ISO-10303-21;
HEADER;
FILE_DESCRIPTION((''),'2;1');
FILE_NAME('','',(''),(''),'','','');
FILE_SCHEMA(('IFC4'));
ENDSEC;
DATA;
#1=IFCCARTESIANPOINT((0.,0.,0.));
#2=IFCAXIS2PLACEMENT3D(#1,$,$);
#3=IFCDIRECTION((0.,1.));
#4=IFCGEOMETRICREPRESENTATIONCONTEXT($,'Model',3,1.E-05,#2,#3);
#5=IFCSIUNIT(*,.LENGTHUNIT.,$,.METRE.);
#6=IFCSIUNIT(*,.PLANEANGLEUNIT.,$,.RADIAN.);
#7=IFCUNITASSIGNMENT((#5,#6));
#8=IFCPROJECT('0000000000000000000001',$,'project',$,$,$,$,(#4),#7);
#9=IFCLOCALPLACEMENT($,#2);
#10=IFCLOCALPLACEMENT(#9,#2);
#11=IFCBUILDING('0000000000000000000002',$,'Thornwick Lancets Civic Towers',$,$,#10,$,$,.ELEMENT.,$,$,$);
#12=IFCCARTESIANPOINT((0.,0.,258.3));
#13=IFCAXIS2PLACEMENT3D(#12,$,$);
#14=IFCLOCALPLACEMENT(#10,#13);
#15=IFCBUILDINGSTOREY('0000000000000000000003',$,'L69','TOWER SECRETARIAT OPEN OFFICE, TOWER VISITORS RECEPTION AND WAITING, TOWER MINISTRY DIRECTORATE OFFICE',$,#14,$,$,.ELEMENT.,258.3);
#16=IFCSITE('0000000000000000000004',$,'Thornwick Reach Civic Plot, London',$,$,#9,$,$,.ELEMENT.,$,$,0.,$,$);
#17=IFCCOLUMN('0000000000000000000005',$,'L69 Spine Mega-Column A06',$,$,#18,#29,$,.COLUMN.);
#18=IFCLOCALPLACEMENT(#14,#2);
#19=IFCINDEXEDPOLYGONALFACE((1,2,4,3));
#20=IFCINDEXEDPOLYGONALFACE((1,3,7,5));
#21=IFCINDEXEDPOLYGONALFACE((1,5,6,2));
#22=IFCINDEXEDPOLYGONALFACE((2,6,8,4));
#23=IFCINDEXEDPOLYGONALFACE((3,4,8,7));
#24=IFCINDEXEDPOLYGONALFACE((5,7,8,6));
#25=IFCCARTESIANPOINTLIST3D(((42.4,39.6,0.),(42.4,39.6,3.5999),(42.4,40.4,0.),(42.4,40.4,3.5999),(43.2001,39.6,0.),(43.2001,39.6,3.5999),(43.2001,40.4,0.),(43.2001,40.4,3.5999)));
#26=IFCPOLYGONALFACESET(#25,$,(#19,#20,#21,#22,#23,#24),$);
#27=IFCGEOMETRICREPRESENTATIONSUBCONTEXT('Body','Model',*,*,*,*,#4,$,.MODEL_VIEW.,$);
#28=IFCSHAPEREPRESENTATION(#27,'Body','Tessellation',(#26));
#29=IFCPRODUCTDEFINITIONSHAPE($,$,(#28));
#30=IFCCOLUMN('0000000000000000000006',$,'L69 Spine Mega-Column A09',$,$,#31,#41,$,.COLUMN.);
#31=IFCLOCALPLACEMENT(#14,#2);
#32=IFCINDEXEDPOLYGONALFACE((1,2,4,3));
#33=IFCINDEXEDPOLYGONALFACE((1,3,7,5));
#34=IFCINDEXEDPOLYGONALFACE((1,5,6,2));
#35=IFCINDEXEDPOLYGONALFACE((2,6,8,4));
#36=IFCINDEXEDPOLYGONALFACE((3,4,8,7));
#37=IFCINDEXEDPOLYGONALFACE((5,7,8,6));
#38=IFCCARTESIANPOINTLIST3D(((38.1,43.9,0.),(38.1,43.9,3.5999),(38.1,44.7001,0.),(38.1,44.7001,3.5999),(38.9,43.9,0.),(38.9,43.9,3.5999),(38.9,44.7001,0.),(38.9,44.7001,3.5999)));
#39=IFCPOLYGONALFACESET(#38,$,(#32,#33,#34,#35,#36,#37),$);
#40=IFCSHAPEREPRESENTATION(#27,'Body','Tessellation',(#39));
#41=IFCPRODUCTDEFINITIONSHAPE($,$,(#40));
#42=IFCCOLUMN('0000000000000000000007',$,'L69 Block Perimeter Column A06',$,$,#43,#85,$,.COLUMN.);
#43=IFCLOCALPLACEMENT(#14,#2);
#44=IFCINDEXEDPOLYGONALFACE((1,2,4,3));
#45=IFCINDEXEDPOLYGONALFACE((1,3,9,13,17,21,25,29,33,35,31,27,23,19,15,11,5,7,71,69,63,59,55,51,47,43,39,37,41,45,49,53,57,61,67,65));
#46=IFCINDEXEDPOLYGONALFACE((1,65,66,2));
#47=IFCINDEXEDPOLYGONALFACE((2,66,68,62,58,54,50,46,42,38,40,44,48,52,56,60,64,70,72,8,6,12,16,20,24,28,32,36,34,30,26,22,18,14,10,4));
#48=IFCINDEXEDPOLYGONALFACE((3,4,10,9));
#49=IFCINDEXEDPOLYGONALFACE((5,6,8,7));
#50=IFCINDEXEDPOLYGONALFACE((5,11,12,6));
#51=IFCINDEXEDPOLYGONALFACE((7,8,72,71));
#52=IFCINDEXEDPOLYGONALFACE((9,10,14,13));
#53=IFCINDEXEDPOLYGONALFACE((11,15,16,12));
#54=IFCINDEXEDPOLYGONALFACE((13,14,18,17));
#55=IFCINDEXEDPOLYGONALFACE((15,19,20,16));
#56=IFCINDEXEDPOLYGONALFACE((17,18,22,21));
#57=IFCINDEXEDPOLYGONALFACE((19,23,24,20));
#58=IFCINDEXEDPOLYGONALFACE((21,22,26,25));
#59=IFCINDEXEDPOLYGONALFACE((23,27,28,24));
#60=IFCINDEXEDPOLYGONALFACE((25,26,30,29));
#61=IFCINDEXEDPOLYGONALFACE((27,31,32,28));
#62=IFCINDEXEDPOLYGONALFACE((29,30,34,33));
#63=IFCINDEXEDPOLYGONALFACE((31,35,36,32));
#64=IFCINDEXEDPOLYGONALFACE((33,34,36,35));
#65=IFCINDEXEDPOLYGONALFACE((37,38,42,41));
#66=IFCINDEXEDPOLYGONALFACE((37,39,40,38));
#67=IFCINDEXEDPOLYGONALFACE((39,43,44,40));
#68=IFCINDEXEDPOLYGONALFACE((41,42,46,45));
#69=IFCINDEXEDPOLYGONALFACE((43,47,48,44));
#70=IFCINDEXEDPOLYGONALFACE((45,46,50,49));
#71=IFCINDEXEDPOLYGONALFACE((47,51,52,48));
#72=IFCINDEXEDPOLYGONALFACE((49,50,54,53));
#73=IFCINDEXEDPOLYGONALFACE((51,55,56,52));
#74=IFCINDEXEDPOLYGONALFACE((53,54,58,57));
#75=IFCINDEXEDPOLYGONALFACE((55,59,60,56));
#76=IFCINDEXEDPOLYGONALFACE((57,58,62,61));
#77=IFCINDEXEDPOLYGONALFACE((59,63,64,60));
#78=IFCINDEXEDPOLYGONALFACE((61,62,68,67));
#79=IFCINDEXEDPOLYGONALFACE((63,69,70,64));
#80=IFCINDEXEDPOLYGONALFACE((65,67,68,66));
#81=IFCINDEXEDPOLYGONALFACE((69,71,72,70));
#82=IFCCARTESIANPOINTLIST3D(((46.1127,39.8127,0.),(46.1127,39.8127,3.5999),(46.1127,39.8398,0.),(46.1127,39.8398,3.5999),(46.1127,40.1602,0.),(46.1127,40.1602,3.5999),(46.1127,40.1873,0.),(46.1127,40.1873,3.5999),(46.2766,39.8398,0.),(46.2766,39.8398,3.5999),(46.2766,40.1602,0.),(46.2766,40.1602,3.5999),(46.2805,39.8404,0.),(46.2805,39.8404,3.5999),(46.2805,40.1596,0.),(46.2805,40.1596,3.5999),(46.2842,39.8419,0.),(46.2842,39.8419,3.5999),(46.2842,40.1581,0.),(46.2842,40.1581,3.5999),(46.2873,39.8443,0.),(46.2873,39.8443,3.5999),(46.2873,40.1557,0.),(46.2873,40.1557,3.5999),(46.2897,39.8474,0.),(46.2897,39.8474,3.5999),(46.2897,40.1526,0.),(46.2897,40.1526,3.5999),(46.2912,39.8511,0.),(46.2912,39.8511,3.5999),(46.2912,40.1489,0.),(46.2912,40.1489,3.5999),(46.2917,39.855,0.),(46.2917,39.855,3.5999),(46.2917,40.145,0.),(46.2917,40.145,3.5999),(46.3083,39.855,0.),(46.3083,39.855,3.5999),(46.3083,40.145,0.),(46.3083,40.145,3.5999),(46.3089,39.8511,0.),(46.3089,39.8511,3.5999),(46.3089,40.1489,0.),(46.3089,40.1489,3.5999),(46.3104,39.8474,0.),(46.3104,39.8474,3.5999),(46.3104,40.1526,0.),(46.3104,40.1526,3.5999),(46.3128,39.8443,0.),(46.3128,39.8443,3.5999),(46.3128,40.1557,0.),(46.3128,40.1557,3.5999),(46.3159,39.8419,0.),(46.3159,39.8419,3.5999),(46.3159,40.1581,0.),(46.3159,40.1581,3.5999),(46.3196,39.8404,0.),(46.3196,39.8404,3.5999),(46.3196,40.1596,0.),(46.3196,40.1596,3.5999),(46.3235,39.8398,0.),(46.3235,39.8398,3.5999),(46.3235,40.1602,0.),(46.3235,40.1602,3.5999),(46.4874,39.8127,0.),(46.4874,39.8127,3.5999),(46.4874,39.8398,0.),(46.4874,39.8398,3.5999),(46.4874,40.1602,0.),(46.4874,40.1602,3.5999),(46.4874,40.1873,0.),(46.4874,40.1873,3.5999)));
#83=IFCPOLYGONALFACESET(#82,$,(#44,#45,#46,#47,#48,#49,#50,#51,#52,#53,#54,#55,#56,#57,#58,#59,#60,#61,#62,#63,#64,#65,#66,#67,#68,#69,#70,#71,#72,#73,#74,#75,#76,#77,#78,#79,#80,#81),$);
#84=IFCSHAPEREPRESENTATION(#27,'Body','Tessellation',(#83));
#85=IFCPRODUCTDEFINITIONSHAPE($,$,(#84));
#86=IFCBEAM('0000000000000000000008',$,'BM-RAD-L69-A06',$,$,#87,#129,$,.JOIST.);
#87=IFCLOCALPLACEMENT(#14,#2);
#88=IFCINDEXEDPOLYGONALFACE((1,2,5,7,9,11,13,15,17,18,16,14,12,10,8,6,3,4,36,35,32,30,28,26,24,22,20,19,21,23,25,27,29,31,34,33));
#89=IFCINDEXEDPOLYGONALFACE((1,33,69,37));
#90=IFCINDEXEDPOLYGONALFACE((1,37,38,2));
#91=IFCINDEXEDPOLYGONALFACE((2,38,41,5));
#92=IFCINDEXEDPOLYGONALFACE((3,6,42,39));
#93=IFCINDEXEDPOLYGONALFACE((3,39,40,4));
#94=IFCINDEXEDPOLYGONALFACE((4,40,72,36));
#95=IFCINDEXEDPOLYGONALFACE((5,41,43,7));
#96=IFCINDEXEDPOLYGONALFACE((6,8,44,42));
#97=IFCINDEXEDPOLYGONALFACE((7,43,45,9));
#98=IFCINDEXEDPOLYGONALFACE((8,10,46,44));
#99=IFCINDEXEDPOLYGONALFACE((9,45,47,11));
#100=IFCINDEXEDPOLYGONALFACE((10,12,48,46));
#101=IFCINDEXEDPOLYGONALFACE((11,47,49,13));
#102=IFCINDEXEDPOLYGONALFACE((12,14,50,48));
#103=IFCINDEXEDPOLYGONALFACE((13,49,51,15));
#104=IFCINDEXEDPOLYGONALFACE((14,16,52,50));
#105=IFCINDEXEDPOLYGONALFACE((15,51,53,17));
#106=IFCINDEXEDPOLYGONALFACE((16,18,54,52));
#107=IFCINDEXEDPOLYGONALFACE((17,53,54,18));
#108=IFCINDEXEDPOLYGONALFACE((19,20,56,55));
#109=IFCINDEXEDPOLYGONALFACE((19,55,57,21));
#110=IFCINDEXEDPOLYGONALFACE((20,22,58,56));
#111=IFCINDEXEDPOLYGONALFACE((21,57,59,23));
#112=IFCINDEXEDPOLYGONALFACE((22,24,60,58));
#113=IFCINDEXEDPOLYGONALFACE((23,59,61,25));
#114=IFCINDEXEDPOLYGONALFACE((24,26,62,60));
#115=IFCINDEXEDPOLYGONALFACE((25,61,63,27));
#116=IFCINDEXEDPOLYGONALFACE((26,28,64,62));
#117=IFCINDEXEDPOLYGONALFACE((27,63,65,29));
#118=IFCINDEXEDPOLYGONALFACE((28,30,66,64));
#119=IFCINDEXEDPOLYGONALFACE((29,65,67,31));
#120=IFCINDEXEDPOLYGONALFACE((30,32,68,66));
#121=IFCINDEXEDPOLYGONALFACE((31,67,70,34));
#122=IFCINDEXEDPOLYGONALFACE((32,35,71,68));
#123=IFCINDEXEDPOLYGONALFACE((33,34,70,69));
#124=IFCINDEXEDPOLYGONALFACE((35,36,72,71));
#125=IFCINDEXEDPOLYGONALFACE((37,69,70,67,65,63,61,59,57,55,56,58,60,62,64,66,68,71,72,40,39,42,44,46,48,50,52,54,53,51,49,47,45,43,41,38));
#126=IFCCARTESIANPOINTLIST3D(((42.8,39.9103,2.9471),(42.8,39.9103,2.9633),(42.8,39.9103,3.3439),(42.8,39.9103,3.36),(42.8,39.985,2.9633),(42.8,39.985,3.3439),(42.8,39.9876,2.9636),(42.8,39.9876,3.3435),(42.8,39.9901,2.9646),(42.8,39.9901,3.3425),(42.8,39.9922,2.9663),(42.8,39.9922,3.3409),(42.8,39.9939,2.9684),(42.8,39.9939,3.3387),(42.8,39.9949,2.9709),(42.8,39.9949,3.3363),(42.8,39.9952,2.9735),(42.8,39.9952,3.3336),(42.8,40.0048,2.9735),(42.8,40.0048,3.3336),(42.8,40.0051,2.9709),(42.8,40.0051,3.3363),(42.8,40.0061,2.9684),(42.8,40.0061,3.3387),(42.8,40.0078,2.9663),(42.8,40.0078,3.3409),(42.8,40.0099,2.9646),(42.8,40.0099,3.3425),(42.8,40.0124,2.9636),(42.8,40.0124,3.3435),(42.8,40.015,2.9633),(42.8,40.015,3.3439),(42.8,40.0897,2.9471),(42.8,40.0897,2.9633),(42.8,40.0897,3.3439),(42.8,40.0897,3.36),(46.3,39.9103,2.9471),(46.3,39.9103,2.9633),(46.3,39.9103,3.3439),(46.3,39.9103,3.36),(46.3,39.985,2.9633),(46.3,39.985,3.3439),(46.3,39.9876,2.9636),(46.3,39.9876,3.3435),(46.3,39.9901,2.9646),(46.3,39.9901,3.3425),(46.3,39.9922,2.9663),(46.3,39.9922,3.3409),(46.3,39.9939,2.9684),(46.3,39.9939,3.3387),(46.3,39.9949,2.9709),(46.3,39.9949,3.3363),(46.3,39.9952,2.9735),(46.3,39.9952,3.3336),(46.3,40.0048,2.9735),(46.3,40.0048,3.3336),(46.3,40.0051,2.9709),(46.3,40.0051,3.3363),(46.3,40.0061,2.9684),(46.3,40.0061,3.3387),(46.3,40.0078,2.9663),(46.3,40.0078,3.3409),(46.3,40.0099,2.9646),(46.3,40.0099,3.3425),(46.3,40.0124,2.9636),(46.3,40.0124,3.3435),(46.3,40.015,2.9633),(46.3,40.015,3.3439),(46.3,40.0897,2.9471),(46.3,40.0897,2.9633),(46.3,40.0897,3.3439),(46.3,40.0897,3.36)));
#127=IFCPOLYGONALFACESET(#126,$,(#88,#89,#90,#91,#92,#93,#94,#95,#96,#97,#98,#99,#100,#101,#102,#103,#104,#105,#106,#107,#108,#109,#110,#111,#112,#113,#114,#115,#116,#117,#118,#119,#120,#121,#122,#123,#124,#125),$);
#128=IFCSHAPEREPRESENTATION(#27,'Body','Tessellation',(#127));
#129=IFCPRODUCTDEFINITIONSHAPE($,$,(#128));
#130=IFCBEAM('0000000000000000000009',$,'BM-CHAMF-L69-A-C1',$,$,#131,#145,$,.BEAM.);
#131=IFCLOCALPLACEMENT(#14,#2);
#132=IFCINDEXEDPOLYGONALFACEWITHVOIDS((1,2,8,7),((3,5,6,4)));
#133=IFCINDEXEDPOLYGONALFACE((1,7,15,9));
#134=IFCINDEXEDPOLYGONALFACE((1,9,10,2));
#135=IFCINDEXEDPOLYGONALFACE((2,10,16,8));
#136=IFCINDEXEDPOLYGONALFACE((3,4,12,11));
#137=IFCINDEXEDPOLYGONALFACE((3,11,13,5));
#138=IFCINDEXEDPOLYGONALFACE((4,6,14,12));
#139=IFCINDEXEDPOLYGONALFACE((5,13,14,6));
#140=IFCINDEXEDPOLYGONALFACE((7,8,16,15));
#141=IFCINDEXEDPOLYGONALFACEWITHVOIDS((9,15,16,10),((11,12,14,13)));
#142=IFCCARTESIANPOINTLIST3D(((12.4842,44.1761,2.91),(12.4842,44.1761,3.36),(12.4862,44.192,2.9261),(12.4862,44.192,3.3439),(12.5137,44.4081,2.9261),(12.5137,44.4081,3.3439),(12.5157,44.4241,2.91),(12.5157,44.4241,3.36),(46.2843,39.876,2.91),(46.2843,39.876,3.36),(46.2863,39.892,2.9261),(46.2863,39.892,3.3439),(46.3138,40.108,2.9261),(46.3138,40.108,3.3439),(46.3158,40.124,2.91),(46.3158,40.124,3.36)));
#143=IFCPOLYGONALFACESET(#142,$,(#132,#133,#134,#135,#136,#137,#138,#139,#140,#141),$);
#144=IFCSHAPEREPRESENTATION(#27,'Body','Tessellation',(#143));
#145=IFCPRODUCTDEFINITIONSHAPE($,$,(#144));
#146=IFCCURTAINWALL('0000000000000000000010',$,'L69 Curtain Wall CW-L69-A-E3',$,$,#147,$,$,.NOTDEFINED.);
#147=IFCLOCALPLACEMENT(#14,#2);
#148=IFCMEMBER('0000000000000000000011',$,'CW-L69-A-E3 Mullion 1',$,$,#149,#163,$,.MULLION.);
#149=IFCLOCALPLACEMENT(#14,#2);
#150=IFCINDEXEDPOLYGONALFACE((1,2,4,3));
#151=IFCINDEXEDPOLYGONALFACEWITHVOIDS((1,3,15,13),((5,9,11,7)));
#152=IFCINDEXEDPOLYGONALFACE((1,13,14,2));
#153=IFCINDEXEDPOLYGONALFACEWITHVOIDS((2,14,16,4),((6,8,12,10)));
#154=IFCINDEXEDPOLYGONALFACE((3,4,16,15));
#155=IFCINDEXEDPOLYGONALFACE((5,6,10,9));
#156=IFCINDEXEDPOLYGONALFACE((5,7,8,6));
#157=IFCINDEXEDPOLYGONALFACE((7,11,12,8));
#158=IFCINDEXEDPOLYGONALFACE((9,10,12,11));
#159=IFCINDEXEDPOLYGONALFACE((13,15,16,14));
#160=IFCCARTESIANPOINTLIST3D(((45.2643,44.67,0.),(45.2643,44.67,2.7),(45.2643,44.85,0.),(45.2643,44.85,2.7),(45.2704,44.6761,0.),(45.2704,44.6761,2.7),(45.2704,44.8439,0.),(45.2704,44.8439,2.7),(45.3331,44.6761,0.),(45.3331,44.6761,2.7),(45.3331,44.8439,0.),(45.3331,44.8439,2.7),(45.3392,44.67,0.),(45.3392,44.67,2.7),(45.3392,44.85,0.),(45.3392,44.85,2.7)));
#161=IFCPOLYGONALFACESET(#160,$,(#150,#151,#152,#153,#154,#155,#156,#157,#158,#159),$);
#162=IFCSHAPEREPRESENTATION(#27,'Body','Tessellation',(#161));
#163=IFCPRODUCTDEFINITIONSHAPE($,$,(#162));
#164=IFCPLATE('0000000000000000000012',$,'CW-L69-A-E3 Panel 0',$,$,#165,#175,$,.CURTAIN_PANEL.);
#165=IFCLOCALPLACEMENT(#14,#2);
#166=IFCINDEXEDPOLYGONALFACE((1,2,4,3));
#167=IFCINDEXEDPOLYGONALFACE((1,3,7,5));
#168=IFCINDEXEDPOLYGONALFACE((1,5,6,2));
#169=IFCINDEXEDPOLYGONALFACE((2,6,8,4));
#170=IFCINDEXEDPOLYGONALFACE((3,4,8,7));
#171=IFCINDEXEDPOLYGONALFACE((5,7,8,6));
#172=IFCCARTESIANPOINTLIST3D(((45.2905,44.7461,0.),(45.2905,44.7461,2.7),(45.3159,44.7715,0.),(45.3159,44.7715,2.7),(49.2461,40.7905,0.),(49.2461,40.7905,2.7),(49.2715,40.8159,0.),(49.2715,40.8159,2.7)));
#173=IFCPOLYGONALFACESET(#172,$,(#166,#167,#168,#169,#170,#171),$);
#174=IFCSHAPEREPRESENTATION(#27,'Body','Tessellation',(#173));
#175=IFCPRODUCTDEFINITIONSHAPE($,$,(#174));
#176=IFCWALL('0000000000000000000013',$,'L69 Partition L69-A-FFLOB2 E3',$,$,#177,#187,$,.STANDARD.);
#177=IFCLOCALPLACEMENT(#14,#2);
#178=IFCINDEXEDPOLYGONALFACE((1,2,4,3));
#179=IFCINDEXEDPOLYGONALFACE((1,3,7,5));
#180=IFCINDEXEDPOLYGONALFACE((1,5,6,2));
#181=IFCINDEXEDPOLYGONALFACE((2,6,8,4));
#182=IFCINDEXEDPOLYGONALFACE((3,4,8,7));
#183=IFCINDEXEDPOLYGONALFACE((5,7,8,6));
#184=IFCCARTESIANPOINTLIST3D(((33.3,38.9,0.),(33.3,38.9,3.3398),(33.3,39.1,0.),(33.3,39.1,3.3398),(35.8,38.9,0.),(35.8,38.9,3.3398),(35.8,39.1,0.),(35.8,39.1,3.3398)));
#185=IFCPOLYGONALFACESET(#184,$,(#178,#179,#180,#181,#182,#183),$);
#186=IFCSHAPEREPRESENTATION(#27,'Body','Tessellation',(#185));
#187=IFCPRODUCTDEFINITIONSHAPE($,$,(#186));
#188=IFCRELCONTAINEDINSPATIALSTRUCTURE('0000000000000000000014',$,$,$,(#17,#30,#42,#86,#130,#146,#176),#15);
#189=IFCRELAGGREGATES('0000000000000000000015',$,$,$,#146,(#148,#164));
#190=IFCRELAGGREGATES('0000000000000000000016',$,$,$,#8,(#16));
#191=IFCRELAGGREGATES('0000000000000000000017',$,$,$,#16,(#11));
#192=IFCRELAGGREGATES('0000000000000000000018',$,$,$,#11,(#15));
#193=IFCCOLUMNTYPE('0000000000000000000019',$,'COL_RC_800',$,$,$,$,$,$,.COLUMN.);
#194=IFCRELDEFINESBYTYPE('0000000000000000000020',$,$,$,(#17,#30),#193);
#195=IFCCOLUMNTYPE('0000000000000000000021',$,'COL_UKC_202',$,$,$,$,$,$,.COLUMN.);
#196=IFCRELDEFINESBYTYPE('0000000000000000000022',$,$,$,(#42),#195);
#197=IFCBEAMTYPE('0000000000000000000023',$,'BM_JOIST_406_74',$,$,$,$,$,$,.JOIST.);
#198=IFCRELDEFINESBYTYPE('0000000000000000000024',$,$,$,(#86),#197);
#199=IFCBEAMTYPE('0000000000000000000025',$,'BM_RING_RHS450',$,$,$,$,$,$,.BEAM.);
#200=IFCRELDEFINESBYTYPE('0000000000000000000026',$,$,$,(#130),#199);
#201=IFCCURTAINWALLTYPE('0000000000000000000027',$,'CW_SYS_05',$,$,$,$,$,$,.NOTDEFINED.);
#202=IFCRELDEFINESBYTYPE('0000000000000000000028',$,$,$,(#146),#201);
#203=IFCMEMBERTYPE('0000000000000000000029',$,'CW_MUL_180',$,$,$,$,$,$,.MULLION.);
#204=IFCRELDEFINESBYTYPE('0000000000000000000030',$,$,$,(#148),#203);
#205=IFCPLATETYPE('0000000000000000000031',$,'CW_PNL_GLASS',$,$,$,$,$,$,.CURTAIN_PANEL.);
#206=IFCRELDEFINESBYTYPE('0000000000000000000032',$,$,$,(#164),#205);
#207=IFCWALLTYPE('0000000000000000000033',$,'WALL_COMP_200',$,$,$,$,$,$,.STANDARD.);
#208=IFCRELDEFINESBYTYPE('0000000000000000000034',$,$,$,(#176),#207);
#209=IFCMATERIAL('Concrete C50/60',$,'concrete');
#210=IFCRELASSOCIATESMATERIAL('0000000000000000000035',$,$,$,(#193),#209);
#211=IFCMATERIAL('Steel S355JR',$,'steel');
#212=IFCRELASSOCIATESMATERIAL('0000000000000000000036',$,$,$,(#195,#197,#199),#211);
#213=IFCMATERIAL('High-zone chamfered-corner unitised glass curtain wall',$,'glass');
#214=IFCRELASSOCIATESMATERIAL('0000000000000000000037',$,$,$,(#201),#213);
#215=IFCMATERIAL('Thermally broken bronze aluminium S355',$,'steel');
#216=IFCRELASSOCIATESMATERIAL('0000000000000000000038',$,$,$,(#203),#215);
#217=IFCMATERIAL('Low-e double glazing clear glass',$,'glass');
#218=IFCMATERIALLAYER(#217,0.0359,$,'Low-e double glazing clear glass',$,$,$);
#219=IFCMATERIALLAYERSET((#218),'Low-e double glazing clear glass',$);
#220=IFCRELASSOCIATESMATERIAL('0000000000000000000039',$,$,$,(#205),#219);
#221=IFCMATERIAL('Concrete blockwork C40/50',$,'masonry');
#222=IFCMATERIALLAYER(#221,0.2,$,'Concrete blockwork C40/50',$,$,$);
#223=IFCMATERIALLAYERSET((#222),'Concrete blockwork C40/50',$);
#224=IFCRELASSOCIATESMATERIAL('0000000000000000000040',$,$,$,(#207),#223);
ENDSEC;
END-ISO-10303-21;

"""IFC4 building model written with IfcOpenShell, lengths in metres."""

from ifc_helpers import new_model, si_unit, direction, frame, frame_2d, origin, origin_2d, place, context, subcontext, project, spatial, rectangle, hollow_rectangle, i_section, extrude, material, layer, layer_set, material_profile, profile_set, type_object, element, aggregate, save


model = new_model("IFC4")

# Units and contexts
model_context = context("Model", 3, precision=1e-05, world=origin(), true_north=direction((0.0, 1.0)))
body_context = subcontext(model_context, "Body", "Model", "MODEL_VIEW")
ifc_project = project(units=[si_unit("LENGTHUNIT", "METRE"), si_unit("PLANEANGLEUNIT", "RADIAN")], contexts=[model_context])

# Site, building, storey
site_placement = place(None, origin())
site = spatial("IfcSite", under=ifc_project, at=site_placement, Name="Thornwick Reach Civic Plot, London", CompositionType="ELEMENT", RefElevation=0.0)
building_placement = place(site_placement, origin())
building = spatial("IfcBuilding", under=site, at=building_placement, Name="Thornwick Lancets Civic Towers", CompositionType="ELEMENT")
storey_placement = place(building_placement, frame((0.0, 0.0, 258.3)))
storey = spatial("IfcBuildingStorey", under=building, at=storey_placement, Name="L69", Description="TOWER SECRETARIAT OPEN OFFICE, TOWER VISITORS RECEPTION AND WAITING, TOWER MINISTRY DIRECTORATE OFFICE", CompositionType="ELEMENT", Elevation=258.3)

# Columns
ifc_material_1 = material(Name="Concrete C50/60", Category="concrete")
ifc_material_profile_1 = material_profile(ifc_material_1, rectangle(XDim=0.8, YDim=0.8, at=origin_2d()), Name="RC 800x800")
ifc_profile_set_1 = profile_set([ifc_material_profile_1], Name="Concrete C50/60")
column_type_1 = type_object("IfcColumnType", Name="COL_RC_800", PredefinedType="COLUMN", material=ifc_profile_set_1)
for number, where, z_axis, x_axis, name in (
    (1, (42.8, 40.0, 0.0), (0.0, 0.0, 1.0), (1.0, 0.0, 0.0), "L69 Spine Mega-Column A06"),
    (2, (38.5, 44.3, 0.0), (0.0, 0.0, 1.0), (1.0, 0.0, 0.0), "L69 Spine Mega-Column A09"),
):
    element("IfcColumn", number, at=place(storey_placement, frame(where, z_axis=z_axis, x_axis=x_axis)), inside=storey, type_object=column_type_1, Name=name, PredefinedType="COLUMN", context=body_context, shape_type="SweptSolid", body=[
        extrude(rectangle(XDim=0.8, YDim=0.8, at=origin_2d()), origin(), (0.0, 0.0, 1.0), 3.5999),
    ])
ifc_material_2 = material(Name="Steel S355JR", Category="steel")
ifc_material_profile_2 = material_profile(ifc_material_2, i_section(OverallWidth=0.3748, OverallDepth=0.3745, WebThickness=0.0166, FlangeThickness=0.0271, FilletRadius=0.0151, at=origin_2d()), Name="UKC 356x368x202")
ifc_profile_set_2 = profile_set([ifc_material_profile_2], Name="Steel S355JR")
column_type_2 = type_object("IfcColumnType", Name="COL_UKC_202", PredefinedType="COLUMN", material=ifc_profile_set_2)
column_placement = place(storey_placement, frame((46.3, 40.0, 0.0), z_axis=(0.0, 0.0, 1.0), x_axis=(1.0, 0.0, 0.0)))
element("IfcColumn", 3, at=column_placement, inside=storey, type_object=column_type_2, Name="L69 Block Perimeter Column A06", PredefinedType="COLUMN", context=body_context, shape_type="SweptSolid", body=[
    extrude(i_section(OverallWidth=0.3748, OverallDepth=0.3745, WebThickness=0.0166, FlangeThickness=0.0271, FilletRadius=0.0151, at=origin_2d()), origin(), (0.0, 0.0, 1.0), 3.5999),
])

# Beams
ifc_material_profile_3 = material_profile(ifc_material_2, i_section(OverallWidth=0.1794, OverallDepth=0.4128, WebThickness=0.0095, FlangeThickness=0.0161, FilletRadius=0.0103, at=origin_2d()), Name="UKB 406x178x74")
ifc_profile_set_3 = profile_set([ifc_material_profile_3], Name="Steel S355JR")
beam_type_1 = type_object("IfcBeamType", Name="BM_JOIST_406_74", PredefinedType="JOIST", material=ifc_profile_set_3)
beam_1_placement = place(storey_placement, frame((42.8, 40.0, 3.1536), z_axis=(1.0, 0.0, 0.0), x_axis=(0.0, 1.0, 0.0)))
element("IfcBeam", 4, at=beam_1_placement, inside=storey, type_object=beam_type_1, Name="BM-RAD-L69-A06", PredefinedType="JOIST", context=body_context, shape_type="SweptSolid", body=[
    extrude(i_section(OverallWidth=0.1794, OverallDepth=0.4128, WebThickness=0.0095, FlangeThickness=0.0161, FilletRadius=0.0103, at=origin_2d()), origin(), (0.0, 0.0, 1.0), 3.5),
])
ifc_material_profile_4 = material_profile(ifc_material_2, hollow_rectangle(XDim=0.25, YDim=0.45, WallThickness=0.0161, at=origin_2d()), Name="RHS 450x250x16")
ifc_profile_set_4 = profile_set([ifc_material_profile_4], Name="Steel S355JR")
beam_type_2 = type_object("IfcBeamType", Name="BM_RING_RHS450", PredefinedType="BEAM", material=ifc_profile_set_4)
beam_2_placement = place(storey_placement, frame((46.3, 40.0, 3.135), z_axis=(-0.992004, 0.126203, 0.0), x_axis=(-0.126203, -0.992004, 0.0)))
element("IfcBeam", 5, at=beam_2_placement, inside=storey, type_object=beam_type_2, Name="BM-CHAMF-L69-A-C1", PredefinedType="BEAM", context=body_context, shape_type="SweptSolid", body=[
    extrude(hollow_rectangle(XDim=0.25, YDim=0.45, WallThickness=0.0161, at=origin_2d()), origin(), (0.0, 0.0, 1.0), 34.0725),
])

# Curtain wall, member, plate
ifc_material_3 = material(Name="High-zone chamfered-corner unitised glass curtain wall", Category="glass")
curtain_wall_type = type_object("IfcCurtainWallType", Name="CW_SYS_05", PredefinedType="NOTDEFINED", material=ifc_material_3)
curtain_wall_placement = place(storey_placement, origin())
curtain_wall = element("IfcCurtainWall", 6, at=curtain_wall_placement, inside=storey, type_object=curtain_wall_type, Name="L69 Curtain Wall CW-L69-A-E3", PredefinedType="NOTDEFINED")
ifc_material_4 = material(Name="Thermally broken bronze aluminium S355", Category="steel")
ifc_material_profile_5 = material_profile(ifc_material_4, hollow_rectangle(XDim=0.075, YDim=0.1799, WallThickness=0.0061, at=origin_2d()), Name="RHS 180x75x6")
ifc_profile_set_5 = profile_set([ifc_material_profile_5], Name="Thermally broken bronze aluminium S355")
member_type = type_object("IfcMemberType", Name="CW_MUL_180", PredefinedType="MULLION", material=ifc_profile_set_5)
member_placement = place(storey_placement, frame((45.3018, 44.76, 0.0), z_axis=(0.0, 0.0, 1.0), x_axis=(1.0, 0.0, 0.0)))
member = element("IfcMember", 7, at=member_placement, type_object=member_type, Name="CW-L69-A-E3 Mullion 1", PredefinedType="MULLION", context=body_context, shape_type="SweptSolid", body=[
    extrude(hollow_rectangle(XDim=0.075, YDim=0.1799, WallThickness=0.0061, at=origin_2d()), origin(), (0.0, 0.0, 1.0), 2.7),
])
ifc_material_5 = material(Name="Low-e double glazing clear glass", Category="glass")
ifc_layer_1 = layer(ifc_material_5, 0.0359, Name="Low-e double glazing clear glass")
ifc_layer_set_1 = layer_set([ifc_layer_1], Name="Low-e double glazing clear glass")
plate_type = type_object("IfcPlateType", Name="CW_PNL_GLASS", PredefinedType="CURTAIN_PANEL", material=ifc_layer_set_1)
plate_placement = place(storey_placement, frame((47.281, 42.781, 0.0), z_axis=(0.0, 0.0, 1.0), x_axis=(-0.707107, 0.707107, 0.0)))
plate = element("IfcPlate", 8, at=plate_placement, type_object=plate_type, Name="CW-L69-A-E3 Panel 0", PredefinedType="CURTAIN_PANEL", context=body_context, shape_type="SweptSolid", body=[
    extrude(rectangle(XDim=5.594, YDim=0.0359, at=origin_2d()), origin(), (0.0, 0.0, 1.0), 2.7),
])
aggregate(curtain_wall, [member, plate])

# Wall
ifc_material_6 = material(Name="Concrete blockwork C40/50", Category="masonry")
ifc_layer_2 = layer(ifc_material_6, 0.2, Name="Concrete blockwork C40/50")
ifc_layer_set_2 = layer_set([ifc_layer_2], Name="Concrete blockwork C40/50")
wall_type_1 = type_object("IfcWallType", Name="WALL_COMP_200", PredefinedType="STANDARD", material=ifc_layer_set_2)
wall_1_placement = place(storey_placement, frame((35.8, 39.0, 0.0), z_axis=(0.0, 0.0, 1.0), x_axis=(-1.0, 0.0, 0.0)))
element("IfcWall", 9, at=wall_1_placement, inside=storey, type_object=wall_type_1, Name="L69 Partition L69-A-FFLOB2 E3", PredefinedType="STANDARD", context=body_context, shape_type="SweptSolid", body=[
    extrude(rectangle(XDim=2.5, YDim=0.2, at=frame_2d((1.25, 0.0))), origin(), (0.0, 0.0, 1.0), 3.3398),
])

save(model, "model.ifc")
